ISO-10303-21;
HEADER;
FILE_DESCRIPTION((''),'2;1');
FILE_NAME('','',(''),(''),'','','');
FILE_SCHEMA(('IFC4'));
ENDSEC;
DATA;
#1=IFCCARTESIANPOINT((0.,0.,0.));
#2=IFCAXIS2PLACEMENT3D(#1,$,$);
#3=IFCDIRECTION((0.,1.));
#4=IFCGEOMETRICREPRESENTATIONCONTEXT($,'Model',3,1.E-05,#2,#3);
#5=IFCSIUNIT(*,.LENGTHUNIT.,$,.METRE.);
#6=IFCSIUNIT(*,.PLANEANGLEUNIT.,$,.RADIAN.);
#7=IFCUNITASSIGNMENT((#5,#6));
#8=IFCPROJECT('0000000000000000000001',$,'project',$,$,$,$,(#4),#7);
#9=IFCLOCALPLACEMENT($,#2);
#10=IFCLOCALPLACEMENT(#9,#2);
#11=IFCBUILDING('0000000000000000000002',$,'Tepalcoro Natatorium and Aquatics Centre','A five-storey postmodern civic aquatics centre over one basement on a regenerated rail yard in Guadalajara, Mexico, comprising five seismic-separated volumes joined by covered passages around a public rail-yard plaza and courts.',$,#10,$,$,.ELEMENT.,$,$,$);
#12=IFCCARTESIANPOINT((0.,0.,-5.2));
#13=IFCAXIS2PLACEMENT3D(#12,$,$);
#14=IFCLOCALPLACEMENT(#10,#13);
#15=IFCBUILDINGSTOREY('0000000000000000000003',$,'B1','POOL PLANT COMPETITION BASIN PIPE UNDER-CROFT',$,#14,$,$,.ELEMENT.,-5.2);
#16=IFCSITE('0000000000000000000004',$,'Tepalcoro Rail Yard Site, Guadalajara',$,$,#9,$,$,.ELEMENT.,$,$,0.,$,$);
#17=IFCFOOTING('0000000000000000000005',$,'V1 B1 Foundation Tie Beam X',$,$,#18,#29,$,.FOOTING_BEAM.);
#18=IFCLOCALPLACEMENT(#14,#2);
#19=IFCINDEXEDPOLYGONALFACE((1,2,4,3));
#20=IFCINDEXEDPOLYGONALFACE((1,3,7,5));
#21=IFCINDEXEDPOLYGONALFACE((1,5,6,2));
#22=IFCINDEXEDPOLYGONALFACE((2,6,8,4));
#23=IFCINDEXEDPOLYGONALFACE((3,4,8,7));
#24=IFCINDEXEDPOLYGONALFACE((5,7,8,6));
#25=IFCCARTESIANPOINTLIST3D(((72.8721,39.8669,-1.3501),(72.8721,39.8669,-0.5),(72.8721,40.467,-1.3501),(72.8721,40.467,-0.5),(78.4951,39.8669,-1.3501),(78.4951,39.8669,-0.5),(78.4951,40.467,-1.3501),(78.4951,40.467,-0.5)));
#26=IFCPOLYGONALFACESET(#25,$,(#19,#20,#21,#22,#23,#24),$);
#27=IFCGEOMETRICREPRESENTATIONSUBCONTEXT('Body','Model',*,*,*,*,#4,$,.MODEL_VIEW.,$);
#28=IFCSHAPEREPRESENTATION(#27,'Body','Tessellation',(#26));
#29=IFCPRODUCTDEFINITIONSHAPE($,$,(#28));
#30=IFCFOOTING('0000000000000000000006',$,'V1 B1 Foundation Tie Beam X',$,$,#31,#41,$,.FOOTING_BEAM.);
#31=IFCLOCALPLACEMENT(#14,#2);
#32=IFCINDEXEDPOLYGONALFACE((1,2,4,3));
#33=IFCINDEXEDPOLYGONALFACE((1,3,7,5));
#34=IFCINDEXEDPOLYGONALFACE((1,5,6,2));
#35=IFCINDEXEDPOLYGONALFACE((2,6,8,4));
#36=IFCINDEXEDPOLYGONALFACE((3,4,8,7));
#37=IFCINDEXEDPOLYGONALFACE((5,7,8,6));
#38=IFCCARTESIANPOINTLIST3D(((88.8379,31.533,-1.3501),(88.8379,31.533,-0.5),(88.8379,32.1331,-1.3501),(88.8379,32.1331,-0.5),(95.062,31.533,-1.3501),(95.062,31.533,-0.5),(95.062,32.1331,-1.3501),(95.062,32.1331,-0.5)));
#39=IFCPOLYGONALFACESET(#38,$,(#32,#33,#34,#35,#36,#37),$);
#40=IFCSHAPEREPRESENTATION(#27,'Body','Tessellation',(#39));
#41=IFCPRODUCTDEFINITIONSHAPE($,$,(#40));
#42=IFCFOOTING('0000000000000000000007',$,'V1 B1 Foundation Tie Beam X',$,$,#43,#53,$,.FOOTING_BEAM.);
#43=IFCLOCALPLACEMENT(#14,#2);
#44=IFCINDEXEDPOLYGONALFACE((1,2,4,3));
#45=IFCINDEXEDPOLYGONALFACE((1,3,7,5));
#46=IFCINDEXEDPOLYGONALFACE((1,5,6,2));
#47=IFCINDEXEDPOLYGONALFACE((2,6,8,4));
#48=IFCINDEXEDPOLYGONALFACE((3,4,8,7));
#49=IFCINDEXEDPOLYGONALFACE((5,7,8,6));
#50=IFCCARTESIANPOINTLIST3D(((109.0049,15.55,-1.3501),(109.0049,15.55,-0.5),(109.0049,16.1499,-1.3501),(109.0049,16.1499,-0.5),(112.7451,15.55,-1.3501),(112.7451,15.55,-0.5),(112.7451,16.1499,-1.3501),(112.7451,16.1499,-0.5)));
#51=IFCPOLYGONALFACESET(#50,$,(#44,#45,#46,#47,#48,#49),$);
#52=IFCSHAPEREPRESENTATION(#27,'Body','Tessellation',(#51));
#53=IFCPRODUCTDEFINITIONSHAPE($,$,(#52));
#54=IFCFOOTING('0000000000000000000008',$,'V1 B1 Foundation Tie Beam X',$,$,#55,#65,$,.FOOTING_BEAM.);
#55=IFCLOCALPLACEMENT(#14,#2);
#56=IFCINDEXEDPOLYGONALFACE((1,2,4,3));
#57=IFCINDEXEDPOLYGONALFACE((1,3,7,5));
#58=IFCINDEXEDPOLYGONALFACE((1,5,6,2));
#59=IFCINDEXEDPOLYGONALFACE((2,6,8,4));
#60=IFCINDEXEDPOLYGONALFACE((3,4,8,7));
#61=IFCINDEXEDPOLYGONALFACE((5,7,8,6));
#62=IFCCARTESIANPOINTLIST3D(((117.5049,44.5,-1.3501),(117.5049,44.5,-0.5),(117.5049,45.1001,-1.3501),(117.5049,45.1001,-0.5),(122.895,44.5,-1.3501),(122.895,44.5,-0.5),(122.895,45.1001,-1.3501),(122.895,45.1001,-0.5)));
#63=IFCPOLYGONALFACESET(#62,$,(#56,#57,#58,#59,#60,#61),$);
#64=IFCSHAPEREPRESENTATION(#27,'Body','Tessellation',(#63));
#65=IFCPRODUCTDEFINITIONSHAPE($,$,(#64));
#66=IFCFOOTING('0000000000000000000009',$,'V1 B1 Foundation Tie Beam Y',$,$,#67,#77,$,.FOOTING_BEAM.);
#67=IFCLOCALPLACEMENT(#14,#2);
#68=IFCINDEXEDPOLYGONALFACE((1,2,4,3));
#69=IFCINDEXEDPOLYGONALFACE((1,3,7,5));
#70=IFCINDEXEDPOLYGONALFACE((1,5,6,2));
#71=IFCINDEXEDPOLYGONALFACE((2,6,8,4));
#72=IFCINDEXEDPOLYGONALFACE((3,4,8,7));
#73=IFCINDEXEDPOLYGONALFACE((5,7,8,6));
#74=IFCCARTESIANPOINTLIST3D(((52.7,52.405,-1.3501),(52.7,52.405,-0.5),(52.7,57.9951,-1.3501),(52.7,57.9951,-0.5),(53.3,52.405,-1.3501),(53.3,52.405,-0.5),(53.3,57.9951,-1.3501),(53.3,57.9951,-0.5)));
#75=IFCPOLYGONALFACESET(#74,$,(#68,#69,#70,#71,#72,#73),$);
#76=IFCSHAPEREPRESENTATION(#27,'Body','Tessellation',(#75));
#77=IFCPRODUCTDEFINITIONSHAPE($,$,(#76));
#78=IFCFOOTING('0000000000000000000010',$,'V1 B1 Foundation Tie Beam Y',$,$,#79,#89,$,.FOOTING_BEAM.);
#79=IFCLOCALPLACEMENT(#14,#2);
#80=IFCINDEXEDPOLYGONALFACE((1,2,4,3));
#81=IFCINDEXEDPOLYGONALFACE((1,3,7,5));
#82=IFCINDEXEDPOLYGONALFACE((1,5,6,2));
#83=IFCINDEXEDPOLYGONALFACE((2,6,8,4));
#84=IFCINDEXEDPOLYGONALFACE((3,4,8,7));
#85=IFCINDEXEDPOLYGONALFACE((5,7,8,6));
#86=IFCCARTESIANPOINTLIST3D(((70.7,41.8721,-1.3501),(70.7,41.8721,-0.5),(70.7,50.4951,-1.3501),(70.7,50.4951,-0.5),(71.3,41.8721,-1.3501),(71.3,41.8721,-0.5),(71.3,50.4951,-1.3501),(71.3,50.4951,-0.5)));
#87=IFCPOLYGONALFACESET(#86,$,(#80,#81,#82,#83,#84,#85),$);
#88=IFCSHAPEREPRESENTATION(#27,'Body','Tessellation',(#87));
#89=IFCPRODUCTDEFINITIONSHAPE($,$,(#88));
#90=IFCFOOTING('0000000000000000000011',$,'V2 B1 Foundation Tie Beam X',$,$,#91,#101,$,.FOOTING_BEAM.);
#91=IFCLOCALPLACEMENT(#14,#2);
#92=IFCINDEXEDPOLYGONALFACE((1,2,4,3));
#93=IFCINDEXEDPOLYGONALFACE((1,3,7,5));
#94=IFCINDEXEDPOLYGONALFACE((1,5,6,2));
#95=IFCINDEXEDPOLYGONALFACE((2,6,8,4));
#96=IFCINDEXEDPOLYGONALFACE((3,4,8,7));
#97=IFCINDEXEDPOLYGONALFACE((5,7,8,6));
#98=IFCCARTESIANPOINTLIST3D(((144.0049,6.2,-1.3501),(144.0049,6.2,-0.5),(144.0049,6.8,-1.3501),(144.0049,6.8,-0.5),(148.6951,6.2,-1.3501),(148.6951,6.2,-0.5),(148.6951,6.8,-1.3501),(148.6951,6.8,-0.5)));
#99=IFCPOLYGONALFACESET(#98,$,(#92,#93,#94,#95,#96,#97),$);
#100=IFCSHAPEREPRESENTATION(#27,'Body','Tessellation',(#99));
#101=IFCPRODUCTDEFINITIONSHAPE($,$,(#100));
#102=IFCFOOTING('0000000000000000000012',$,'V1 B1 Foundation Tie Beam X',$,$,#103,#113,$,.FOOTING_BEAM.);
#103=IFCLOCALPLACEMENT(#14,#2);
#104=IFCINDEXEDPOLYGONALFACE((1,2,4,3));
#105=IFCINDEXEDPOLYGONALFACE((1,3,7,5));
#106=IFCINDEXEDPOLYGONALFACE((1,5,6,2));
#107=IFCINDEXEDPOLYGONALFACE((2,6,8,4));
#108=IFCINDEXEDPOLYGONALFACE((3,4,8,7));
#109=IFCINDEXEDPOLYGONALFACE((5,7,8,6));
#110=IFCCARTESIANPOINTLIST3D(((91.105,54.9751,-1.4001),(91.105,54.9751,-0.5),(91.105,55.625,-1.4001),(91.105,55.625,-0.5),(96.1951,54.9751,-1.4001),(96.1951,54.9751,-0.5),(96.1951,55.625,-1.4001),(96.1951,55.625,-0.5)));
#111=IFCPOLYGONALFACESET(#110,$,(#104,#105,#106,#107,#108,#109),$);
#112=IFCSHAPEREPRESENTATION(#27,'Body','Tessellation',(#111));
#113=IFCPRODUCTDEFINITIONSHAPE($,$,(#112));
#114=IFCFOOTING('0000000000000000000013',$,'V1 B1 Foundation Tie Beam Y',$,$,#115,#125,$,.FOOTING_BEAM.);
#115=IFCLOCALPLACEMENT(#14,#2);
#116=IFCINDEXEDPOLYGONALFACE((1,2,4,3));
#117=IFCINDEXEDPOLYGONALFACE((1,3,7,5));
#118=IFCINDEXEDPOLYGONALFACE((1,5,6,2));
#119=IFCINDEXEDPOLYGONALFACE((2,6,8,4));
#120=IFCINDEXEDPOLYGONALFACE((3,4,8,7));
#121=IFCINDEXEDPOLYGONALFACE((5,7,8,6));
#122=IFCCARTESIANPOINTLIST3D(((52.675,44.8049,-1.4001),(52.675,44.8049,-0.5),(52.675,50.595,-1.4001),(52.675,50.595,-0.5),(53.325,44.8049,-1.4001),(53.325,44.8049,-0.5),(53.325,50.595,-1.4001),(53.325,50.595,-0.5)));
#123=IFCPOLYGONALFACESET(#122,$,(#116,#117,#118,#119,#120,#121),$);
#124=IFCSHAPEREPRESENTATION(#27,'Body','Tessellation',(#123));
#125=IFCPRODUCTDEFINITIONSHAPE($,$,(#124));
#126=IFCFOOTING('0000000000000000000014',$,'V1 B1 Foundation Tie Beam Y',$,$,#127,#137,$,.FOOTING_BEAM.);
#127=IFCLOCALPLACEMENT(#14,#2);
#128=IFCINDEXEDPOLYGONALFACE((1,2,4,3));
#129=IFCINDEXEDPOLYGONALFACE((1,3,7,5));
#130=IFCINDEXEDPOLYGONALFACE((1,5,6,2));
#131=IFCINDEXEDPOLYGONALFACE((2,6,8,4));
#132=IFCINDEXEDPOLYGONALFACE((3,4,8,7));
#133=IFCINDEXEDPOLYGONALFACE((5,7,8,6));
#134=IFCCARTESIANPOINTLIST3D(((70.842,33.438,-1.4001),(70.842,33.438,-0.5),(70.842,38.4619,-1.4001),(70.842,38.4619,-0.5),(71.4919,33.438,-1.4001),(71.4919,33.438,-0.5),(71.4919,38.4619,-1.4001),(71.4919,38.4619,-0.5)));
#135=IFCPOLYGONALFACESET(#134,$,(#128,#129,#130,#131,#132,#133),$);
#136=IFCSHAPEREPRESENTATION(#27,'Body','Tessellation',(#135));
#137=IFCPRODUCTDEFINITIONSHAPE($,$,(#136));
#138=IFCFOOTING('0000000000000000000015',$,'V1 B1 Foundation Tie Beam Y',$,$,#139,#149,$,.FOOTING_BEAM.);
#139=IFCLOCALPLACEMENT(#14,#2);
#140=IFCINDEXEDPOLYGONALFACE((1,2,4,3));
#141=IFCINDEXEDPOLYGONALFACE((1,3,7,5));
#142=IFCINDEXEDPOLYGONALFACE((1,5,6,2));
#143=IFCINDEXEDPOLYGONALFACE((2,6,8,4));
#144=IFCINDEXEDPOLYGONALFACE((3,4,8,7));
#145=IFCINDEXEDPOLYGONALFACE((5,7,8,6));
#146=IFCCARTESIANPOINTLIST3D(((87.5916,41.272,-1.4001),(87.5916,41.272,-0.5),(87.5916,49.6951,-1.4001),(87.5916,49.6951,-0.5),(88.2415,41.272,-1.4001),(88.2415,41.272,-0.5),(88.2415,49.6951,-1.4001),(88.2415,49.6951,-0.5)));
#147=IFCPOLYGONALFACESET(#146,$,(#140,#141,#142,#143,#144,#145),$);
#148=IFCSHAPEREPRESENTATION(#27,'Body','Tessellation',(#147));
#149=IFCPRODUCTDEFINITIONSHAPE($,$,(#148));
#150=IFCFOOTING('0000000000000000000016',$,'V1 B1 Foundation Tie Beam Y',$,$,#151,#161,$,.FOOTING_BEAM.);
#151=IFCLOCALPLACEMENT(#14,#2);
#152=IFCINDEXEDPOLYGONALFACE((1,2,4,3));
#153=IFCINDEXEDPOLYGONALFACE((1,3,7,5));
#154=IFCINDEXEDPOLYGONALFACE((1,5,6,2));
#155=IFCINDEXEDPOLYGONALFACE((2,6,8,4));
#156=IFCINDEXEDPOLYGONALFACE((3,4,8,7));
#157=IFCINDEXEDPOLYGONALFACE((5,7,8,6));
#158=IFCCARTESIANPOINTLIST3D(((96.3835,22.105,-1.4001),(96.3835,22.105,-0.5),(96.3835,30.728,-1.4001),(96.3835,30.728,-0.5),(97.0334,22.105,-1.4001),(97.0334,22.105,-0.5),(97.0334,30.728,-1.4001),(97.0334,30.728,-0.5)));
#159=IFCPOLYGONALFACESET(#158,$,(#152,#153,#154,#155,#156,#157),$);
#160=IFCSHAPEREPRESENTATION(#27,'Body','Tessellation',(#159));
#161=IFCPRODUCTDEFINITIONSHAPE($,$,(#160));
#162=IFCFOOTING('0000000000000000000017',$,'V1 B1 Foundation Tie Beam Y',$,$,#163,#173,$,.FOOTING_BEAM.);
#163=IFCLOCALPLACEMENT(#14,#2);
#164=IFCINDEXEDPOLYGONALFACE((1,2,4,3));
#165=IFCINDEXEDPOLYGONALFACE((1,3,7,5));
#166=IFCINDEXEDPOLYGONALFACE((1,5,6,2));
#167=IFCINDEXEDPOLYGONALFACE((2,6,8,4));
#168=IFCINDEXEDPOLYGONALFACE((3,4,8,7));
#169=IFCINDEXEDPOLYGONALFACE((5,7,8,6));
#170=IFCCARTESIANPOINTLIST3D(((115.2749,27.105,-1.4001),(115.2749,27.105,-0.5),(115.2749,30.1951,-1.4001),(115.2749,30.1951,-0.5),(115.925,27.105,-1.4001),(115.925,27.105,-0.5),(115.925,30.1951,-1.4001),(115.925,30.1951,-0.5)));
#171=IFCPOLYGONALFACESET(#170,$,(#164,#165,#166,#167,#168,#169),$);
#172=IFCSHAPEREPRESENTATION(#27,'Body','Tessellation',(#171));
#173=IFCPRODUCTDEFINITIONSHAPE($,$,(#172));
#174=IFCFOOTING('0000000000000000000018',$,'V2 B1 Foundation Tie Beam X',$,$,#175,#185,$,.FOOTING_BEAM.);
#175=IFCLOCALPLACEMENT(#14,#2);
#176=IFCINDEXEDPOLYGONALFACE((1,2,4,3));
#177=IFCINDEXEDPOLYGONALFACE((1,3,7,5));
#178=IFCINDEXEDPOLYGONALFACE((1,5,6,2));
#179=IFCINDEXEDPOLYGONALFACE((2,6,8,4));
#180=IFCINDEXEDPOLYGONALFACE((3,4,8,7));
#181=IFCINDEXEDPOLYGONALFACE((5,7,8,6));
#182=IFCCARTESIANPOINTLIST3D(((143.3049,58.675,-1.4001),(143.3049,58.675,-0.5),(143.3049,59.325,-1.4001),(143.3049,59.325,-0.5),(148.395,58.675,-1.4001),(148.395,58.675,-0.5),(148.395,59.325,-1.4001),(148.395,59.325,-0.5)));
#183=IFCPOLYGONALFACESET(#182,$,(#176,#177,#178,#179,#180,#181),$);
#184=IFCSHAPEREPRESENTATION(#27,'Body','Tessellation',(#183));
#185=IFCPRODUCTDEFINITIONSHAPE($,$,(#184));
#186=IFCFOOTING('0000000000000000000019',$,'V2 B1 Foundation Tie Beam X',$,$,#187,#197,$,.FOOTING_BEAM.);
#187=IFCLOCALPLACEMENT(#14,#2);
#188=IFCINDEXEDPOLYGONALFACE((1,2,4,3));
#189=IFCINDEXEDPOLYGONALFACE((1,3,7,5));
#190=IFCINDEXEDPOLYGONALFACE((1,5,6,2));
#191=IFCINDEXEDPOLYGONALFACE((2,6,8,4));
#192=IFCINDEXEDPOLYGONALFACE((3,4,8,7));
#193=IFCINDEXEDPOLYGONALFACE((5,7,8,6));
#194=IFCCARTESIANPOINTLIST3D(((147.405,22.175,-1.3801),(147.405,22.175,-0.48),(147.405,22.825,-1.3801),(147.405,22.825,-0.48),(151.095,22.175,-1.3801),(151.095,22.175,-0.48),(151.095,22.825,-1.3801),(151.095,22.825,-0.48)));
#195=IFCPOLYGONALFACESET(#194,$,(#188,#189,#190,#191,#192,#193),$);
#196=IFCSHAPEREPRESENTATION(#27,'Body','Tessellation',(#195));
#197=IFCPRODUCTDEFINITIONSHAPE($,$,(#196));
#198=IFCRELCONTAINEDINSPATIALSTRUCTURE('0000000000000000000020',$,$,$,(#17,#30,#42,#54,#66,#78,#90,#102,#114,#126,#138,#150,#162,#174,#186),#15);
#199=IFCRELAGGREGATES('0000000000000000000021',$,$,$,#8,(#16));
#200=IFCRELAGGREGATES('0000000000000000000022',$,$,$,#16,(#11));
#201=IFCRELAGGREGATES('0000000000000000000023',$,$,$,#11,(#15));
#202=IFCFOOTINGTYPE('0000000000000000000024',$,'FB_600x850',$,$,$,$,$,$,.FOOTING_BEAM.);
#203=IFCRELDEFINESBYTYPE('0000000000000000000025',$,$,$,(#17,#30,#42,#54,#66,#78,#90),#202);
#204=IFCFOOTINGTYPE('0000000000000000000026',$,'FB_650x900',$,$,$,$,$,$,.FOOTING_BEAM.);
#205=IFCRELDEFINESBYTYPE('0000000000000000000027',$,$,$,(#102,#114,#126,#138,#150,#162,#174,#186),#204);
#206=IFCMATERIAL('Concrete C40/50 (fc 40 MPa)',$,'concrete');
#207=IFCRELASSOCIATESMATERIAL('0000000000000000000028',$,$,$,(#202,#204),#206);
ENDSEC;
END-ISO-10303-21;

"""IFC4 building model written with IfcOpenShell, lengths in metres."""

from ifc_helpers import new_model, si_unit, direction, frame, origin, place, context, subcontext, project, spatial, polyline, outline, extrude, material, type_object, element, save


model = new_model("IFC4")

# Units and contexts
model_context = context("Model", 3, precision=1e-05, world=origin(), true_north=direction((0.0, 1.0)))
body_context = subcontext(model_context, "Body", "Model", "MODEL_VIEW")
ifc_project = project(units=[si_unit("LENGTHUNIT", "METRE"), si_unit("PLANEANGLEUNIT", "RADIAN")], contexts=[model_context])

# Site, building, storey
site_placement = place(None, origin())
site = spatial("IfcSite", under=ifc_project, at=site_placement, Name="Tepalcoro Rail Yard Site, Guadalajara", CompositionType="ELEMENT", RefElevation=0.0)
building_placement = place(site_placement, origin())
building = spatial("IfcBuilding", under=site, at=building_placement, Name="Tepalcoro Natatorium and Aquatics Centre", Description="A five-storey postmodern civic aquatics centre over one basement on a regenerated rail yard in Guadalajara, Mexico, comprising five seismic-separated volumes joined by covered passages around a public rail-yard plaza and courts.", CompositionType="ELEMENT")
storey_placement = place(building_placement, frame((0.0, 0.0, -5.2)))
storey = spatial("IfcBuildingStorey", under=building, at=storey_placement, Name="B1", Description="POOL PLANT COMPETITION BASIN PIPE UNDER-CROFT", CompositionType="ELEMENT", Elevation=-5.2)

# Footings
ifc_material = material(Name="Concrete C40/50 (fc 40 MPa)", Category="concrete")
footing_type_1 = type_object("IfcFootingType", Name="FB_600x850", PredefinedType="FOOTING_BEAM", material=ifc_material)
footing_1_placement = place(storey_placement, frame((0.0, 0.0, -1.3501)))
element("IfcFooting", 1, at=footing_1_placement, inside=storey, type_object=footing_type_1, Name="V1 B1 Foundation Tie Beam X", PredefinedType="FOOTING_BEAM", context=body_context, shape_type="SweptSolid", body=[
    extrude(outline(polyline([(72.8721, 39.8669), (78.4951, 39.8669), (78.4951, 40.467), (72.8721, 40.467), (72.8721, 39.8669)])), origin(), (0.0, 0.0, 1.0), 0.8501),
])
footing_2_placement = place(storey_placement, frame((0.0, 0.0, -1.3501)))
element("IfcFooting", 2, at=footing_2_placement, inside=storey, type_object=footing_type_1, Name="V1 B1 Foundation Tie Beam X", PredefinedType="FOOTING_BEAM", context=body_context, shape_type="SweptSolid", body=[
    extrude(outline(polyline([(88.8379, 31.533), (95.062, 31.533), (95.062, 32.1331), (88.8379, 32.1331), (88.8379, 31.533)])), origin(), (0.0, 0.0, 1.0), 0.8501),
])
footing_3_placement = place(storey_placement, frame((0.0, 0.0, -1.3501)))
element("IfcFooting", 3, at=footing_3_placement, inside=storey, type_object=footing_type_1, Name="V1 B1 Foundation Tie Beam X", PredefinedType="FOOTING_BEAM", context=body_context, shape_type="SweptSolid", body=[
    extrude(outline(polyline([(109.0049, 15.55), (112.7451, 15.55), (112.7451, 16.1499), (109.0049, 16.1499), (109.0049, 15.55)])), origin(), (0.0, 0.0, 1.0), 0.8501),
])
footing_4_placement = place(storey_placement, frame((0.0, 0.0, -1.3501)))
element("IfcFooting", 4, at=footing_4_placement, inside=storey, type_object=footing_type_1, Name="V1 B1 Foundation Tie Beam X", PredefinedType="FOOTING_BEAM", context=body_context, shape_type="SweptSolid", body=[
    extrude(outline(polyline([(117.5049, 44.5), (122.895, 44.5), (122.895, 45.1001), (117.5049, 45.1001), (117.5049, 44.5)])), origin(), (0.0, 0.0, 1.0), 0.8501),
])
footing_5_placement = place(storey_placement, frame((0.0, 0.0, -1.3501)))
element("IfcFooting", 5, at=footing_5_placement, inside=storey, type_object=footing_type_1, Name="V1 B1 Foundation Tie Beam Y", PredefinedType="FOOTING_BEAM", context=body_context, shape_type="SweptSolid", body=[
    extrude(outline(polyline([(53.3, 52.405), (53.3, 57.9951), (52.7, 57.9951), (52.7, 52.405), (53.3, 52.405)])), origin(), (0.0, 0.0, 1.0), 0.8501),
])
footing_6_placement = place(storey_placement, frame((0.0, 0.0, -1.3501)))
element("IfcFooting", 6, at=footing_6_placement, inside=storey, type_object=footing_type_1, Name="V1 B1 Foundation Tie Beam Y", PredefinedType="FOOTING_BEAM", context=body_context, shape_type="SweptSolid", body=[
    extrude(outline(polyline([(71.3, 41.8721), (71.3, 50.4951), (70.7, 50.4951), (70.7, 41.8721), (71.3, 41.8721)])), origin(), (0.0, 0.0, 1.0), 0.8501),
])
footing_7_placement = place(storey_placement, frame((0.0, 0.0, -1.3501)))
element("IfcFooting", 7, at=footing_7_placement, inside=storey, type_object=footing_type_1, Name="V2 B1 Foundation Tie Beam X", PredefinedType="FOOTING_BEAM", context=body_context, shape_type="SweptSolid", body=[
    extrude(outline(polyline([(144.0049, 6.2), (148.6951, 6.2), (148.6951, 6.8), (144.0049, 6.8), (144.0049, 6.2)])), origin(), (0.0, 0.0, 1.0), 0.8501),
])
footing_type_2 = type_object("IfcFootingType", Name="FB_650x900", PredefinedType="FOOTING_BEAM", material=ifc_material)
footing_8_placement = place(storey_placement, frame((0.0, 0.0, -1.4001)))
element("IfcFooting", 8, at=footing_8_placement, inside=storey, type_object=footing_type_2, Name="V1 B1 Foundation Tie Beam X", PredefinedType="FOOTING_BEAM", context=body_context, shape_type="SweptSolid", body=[
    extrude(outline(polyline([(91.105, 54.9751), (96.1951, 54.9751), (96.1951, 55.625), (91.105, 55.625), (91.105, 54.9751)])), origin(), (0.0, 0.0, 1.0), 0.9001),
])
footing_9_placement = place(storey_placement, frame((0.0, 0.0, -1.4001)))
element("IfcFooting", 9, at=footing_9_placement, inside=storey, type_object=footing_type_2, Name="V1 B1 Foundation Tie Beam Y", PredefinedType="FOOTING_BEAM", context=body_context, shape_type="SweptSolid", body=[
    extrude(outline(polyline([(53.325, 44.8049), (53.325, 50.595), (52.675, 50.595), (52.675, 44.8049), (53.325, 44.8049)])), origin(), (0.0, 0.0, 1.0), 0.9001),
])
footing_10_placement = place(storey_placement, frame((0.0, 0.0, -1.4001)))
element("IfcFooting", 10, at=footing_10_placement, inside=storey, type_object=footing_type_2, Name="V1 B1 Foundation Tie Beam Y", PredefinedType="FOOTING_BEAM", context=body_context, shape_type="SweptSolid", body=[
    extrude(outline(polyline([(71.4919, 33.438), (71.4919, 38.4619), (70.842, 38.4619), (70.842, 33.438), (71.4919, 33.438)])), origin(), (0.0, 0.0, 1.0), 0.9001),
])
footing_11_placement = place(storey_placement, frame((0.0, 0.0, -1.4001)))
element("IfcFooting", 11, at=footing_11_placement, inside=storey, type_object=footing_type_2, Name="V1 B1 Foundation Tie Beam Y", PredefinedType="FOOTING_BEAM", context=body_context, shape_type="SweptSolid", body=[
    extrude(outline(polyline([(88.2415, 41.272), (88.2415, 49.6951), (87.5916, 49.6951), (87.5916, 41.272), (88.2415, 41.272)])), origin(), (0.0, 0.0, 1.0), 0.9001),
])
footing_12_placement = place(storey_placement, frame((0.0, 0.0, -1.4001)))
element("IfcFooting", 12, at=footing_12_placement, inside=storey, type_object=footing_type_2, Name="V1 B1 Foundation Tie Beam Y", PredefinedType="FOOTING_BEAM", context=body_context, shape_type="SweptSolid", body=[
    extrude(outline(polyline([(97.0334, 22.105), (97.0334, 30.728), (96.3835, 30.728), (96.3835, 22.105), (97.0334, 22.105)])), origin(), (0.0, 0.0, 1.0), 0.9001),
])
footing_13_placement = place(storey_placement, frame((0.0, 0.0, -1.4001)))
element("IfcFooting", 13, at=footing_13_placement, inside=storey, type_object=footing_type_2, Name="V1 B1 Foundation Tie Beam Y", PredefinedType="FOOTING_BEAM", context=body_context, shape_type="SweptSolid", body=[
    extrude(outline(polyline([(115.925, 27.105), (115.925, 30.1951), (115.2749, 30.1951), (115.2749, 27.105), (115.925, 27.105)])), origin(), (0.0, 0.0, 1.0), 0.9001),
])
footing_14_placement = place(storey_placement, frame((0.0, 0.0, -1.4001)))
element("IfcFooting", 14, at=footing_14_placement, inside=storey, type_object=footing_type_2, Name="V2 B1 Foundation Tie Beam X", PredefinedType="FOOTING_BEAM", context=body_context, shape_type="SweptSolid", body=[
    extrude(outline(polyline([(143.3049, 58.675), (148.395, 58.675), (148.395, 59.325), (143.3049, 59.325), (143.3049, 58.675)])), origin(), (0.0, 0.0, 1.0), 0.9001),
])
footing_15_placement = place(storey_placement, frame((0.0, 0.0, -1.3801)))
element("IfcFooting", 15, at=footing_15_placement, inside=storey, type_object=footing_type_2, Name="V2 B1 Foundation Tie Beam X", PredefinedType="FOOTING_BEAM", context=body_context, shape_type="SweptSolid", body=[
    extrude(outline(polyline([(147.405, 22.175), (151.095, 22.175), (151.095, 22.825), (147.405, 22.825), (147.405, 22.175)])), origin(), (0.0, 0.0, 1.0), 0.9001),
])

save(model, "model.ifc")
